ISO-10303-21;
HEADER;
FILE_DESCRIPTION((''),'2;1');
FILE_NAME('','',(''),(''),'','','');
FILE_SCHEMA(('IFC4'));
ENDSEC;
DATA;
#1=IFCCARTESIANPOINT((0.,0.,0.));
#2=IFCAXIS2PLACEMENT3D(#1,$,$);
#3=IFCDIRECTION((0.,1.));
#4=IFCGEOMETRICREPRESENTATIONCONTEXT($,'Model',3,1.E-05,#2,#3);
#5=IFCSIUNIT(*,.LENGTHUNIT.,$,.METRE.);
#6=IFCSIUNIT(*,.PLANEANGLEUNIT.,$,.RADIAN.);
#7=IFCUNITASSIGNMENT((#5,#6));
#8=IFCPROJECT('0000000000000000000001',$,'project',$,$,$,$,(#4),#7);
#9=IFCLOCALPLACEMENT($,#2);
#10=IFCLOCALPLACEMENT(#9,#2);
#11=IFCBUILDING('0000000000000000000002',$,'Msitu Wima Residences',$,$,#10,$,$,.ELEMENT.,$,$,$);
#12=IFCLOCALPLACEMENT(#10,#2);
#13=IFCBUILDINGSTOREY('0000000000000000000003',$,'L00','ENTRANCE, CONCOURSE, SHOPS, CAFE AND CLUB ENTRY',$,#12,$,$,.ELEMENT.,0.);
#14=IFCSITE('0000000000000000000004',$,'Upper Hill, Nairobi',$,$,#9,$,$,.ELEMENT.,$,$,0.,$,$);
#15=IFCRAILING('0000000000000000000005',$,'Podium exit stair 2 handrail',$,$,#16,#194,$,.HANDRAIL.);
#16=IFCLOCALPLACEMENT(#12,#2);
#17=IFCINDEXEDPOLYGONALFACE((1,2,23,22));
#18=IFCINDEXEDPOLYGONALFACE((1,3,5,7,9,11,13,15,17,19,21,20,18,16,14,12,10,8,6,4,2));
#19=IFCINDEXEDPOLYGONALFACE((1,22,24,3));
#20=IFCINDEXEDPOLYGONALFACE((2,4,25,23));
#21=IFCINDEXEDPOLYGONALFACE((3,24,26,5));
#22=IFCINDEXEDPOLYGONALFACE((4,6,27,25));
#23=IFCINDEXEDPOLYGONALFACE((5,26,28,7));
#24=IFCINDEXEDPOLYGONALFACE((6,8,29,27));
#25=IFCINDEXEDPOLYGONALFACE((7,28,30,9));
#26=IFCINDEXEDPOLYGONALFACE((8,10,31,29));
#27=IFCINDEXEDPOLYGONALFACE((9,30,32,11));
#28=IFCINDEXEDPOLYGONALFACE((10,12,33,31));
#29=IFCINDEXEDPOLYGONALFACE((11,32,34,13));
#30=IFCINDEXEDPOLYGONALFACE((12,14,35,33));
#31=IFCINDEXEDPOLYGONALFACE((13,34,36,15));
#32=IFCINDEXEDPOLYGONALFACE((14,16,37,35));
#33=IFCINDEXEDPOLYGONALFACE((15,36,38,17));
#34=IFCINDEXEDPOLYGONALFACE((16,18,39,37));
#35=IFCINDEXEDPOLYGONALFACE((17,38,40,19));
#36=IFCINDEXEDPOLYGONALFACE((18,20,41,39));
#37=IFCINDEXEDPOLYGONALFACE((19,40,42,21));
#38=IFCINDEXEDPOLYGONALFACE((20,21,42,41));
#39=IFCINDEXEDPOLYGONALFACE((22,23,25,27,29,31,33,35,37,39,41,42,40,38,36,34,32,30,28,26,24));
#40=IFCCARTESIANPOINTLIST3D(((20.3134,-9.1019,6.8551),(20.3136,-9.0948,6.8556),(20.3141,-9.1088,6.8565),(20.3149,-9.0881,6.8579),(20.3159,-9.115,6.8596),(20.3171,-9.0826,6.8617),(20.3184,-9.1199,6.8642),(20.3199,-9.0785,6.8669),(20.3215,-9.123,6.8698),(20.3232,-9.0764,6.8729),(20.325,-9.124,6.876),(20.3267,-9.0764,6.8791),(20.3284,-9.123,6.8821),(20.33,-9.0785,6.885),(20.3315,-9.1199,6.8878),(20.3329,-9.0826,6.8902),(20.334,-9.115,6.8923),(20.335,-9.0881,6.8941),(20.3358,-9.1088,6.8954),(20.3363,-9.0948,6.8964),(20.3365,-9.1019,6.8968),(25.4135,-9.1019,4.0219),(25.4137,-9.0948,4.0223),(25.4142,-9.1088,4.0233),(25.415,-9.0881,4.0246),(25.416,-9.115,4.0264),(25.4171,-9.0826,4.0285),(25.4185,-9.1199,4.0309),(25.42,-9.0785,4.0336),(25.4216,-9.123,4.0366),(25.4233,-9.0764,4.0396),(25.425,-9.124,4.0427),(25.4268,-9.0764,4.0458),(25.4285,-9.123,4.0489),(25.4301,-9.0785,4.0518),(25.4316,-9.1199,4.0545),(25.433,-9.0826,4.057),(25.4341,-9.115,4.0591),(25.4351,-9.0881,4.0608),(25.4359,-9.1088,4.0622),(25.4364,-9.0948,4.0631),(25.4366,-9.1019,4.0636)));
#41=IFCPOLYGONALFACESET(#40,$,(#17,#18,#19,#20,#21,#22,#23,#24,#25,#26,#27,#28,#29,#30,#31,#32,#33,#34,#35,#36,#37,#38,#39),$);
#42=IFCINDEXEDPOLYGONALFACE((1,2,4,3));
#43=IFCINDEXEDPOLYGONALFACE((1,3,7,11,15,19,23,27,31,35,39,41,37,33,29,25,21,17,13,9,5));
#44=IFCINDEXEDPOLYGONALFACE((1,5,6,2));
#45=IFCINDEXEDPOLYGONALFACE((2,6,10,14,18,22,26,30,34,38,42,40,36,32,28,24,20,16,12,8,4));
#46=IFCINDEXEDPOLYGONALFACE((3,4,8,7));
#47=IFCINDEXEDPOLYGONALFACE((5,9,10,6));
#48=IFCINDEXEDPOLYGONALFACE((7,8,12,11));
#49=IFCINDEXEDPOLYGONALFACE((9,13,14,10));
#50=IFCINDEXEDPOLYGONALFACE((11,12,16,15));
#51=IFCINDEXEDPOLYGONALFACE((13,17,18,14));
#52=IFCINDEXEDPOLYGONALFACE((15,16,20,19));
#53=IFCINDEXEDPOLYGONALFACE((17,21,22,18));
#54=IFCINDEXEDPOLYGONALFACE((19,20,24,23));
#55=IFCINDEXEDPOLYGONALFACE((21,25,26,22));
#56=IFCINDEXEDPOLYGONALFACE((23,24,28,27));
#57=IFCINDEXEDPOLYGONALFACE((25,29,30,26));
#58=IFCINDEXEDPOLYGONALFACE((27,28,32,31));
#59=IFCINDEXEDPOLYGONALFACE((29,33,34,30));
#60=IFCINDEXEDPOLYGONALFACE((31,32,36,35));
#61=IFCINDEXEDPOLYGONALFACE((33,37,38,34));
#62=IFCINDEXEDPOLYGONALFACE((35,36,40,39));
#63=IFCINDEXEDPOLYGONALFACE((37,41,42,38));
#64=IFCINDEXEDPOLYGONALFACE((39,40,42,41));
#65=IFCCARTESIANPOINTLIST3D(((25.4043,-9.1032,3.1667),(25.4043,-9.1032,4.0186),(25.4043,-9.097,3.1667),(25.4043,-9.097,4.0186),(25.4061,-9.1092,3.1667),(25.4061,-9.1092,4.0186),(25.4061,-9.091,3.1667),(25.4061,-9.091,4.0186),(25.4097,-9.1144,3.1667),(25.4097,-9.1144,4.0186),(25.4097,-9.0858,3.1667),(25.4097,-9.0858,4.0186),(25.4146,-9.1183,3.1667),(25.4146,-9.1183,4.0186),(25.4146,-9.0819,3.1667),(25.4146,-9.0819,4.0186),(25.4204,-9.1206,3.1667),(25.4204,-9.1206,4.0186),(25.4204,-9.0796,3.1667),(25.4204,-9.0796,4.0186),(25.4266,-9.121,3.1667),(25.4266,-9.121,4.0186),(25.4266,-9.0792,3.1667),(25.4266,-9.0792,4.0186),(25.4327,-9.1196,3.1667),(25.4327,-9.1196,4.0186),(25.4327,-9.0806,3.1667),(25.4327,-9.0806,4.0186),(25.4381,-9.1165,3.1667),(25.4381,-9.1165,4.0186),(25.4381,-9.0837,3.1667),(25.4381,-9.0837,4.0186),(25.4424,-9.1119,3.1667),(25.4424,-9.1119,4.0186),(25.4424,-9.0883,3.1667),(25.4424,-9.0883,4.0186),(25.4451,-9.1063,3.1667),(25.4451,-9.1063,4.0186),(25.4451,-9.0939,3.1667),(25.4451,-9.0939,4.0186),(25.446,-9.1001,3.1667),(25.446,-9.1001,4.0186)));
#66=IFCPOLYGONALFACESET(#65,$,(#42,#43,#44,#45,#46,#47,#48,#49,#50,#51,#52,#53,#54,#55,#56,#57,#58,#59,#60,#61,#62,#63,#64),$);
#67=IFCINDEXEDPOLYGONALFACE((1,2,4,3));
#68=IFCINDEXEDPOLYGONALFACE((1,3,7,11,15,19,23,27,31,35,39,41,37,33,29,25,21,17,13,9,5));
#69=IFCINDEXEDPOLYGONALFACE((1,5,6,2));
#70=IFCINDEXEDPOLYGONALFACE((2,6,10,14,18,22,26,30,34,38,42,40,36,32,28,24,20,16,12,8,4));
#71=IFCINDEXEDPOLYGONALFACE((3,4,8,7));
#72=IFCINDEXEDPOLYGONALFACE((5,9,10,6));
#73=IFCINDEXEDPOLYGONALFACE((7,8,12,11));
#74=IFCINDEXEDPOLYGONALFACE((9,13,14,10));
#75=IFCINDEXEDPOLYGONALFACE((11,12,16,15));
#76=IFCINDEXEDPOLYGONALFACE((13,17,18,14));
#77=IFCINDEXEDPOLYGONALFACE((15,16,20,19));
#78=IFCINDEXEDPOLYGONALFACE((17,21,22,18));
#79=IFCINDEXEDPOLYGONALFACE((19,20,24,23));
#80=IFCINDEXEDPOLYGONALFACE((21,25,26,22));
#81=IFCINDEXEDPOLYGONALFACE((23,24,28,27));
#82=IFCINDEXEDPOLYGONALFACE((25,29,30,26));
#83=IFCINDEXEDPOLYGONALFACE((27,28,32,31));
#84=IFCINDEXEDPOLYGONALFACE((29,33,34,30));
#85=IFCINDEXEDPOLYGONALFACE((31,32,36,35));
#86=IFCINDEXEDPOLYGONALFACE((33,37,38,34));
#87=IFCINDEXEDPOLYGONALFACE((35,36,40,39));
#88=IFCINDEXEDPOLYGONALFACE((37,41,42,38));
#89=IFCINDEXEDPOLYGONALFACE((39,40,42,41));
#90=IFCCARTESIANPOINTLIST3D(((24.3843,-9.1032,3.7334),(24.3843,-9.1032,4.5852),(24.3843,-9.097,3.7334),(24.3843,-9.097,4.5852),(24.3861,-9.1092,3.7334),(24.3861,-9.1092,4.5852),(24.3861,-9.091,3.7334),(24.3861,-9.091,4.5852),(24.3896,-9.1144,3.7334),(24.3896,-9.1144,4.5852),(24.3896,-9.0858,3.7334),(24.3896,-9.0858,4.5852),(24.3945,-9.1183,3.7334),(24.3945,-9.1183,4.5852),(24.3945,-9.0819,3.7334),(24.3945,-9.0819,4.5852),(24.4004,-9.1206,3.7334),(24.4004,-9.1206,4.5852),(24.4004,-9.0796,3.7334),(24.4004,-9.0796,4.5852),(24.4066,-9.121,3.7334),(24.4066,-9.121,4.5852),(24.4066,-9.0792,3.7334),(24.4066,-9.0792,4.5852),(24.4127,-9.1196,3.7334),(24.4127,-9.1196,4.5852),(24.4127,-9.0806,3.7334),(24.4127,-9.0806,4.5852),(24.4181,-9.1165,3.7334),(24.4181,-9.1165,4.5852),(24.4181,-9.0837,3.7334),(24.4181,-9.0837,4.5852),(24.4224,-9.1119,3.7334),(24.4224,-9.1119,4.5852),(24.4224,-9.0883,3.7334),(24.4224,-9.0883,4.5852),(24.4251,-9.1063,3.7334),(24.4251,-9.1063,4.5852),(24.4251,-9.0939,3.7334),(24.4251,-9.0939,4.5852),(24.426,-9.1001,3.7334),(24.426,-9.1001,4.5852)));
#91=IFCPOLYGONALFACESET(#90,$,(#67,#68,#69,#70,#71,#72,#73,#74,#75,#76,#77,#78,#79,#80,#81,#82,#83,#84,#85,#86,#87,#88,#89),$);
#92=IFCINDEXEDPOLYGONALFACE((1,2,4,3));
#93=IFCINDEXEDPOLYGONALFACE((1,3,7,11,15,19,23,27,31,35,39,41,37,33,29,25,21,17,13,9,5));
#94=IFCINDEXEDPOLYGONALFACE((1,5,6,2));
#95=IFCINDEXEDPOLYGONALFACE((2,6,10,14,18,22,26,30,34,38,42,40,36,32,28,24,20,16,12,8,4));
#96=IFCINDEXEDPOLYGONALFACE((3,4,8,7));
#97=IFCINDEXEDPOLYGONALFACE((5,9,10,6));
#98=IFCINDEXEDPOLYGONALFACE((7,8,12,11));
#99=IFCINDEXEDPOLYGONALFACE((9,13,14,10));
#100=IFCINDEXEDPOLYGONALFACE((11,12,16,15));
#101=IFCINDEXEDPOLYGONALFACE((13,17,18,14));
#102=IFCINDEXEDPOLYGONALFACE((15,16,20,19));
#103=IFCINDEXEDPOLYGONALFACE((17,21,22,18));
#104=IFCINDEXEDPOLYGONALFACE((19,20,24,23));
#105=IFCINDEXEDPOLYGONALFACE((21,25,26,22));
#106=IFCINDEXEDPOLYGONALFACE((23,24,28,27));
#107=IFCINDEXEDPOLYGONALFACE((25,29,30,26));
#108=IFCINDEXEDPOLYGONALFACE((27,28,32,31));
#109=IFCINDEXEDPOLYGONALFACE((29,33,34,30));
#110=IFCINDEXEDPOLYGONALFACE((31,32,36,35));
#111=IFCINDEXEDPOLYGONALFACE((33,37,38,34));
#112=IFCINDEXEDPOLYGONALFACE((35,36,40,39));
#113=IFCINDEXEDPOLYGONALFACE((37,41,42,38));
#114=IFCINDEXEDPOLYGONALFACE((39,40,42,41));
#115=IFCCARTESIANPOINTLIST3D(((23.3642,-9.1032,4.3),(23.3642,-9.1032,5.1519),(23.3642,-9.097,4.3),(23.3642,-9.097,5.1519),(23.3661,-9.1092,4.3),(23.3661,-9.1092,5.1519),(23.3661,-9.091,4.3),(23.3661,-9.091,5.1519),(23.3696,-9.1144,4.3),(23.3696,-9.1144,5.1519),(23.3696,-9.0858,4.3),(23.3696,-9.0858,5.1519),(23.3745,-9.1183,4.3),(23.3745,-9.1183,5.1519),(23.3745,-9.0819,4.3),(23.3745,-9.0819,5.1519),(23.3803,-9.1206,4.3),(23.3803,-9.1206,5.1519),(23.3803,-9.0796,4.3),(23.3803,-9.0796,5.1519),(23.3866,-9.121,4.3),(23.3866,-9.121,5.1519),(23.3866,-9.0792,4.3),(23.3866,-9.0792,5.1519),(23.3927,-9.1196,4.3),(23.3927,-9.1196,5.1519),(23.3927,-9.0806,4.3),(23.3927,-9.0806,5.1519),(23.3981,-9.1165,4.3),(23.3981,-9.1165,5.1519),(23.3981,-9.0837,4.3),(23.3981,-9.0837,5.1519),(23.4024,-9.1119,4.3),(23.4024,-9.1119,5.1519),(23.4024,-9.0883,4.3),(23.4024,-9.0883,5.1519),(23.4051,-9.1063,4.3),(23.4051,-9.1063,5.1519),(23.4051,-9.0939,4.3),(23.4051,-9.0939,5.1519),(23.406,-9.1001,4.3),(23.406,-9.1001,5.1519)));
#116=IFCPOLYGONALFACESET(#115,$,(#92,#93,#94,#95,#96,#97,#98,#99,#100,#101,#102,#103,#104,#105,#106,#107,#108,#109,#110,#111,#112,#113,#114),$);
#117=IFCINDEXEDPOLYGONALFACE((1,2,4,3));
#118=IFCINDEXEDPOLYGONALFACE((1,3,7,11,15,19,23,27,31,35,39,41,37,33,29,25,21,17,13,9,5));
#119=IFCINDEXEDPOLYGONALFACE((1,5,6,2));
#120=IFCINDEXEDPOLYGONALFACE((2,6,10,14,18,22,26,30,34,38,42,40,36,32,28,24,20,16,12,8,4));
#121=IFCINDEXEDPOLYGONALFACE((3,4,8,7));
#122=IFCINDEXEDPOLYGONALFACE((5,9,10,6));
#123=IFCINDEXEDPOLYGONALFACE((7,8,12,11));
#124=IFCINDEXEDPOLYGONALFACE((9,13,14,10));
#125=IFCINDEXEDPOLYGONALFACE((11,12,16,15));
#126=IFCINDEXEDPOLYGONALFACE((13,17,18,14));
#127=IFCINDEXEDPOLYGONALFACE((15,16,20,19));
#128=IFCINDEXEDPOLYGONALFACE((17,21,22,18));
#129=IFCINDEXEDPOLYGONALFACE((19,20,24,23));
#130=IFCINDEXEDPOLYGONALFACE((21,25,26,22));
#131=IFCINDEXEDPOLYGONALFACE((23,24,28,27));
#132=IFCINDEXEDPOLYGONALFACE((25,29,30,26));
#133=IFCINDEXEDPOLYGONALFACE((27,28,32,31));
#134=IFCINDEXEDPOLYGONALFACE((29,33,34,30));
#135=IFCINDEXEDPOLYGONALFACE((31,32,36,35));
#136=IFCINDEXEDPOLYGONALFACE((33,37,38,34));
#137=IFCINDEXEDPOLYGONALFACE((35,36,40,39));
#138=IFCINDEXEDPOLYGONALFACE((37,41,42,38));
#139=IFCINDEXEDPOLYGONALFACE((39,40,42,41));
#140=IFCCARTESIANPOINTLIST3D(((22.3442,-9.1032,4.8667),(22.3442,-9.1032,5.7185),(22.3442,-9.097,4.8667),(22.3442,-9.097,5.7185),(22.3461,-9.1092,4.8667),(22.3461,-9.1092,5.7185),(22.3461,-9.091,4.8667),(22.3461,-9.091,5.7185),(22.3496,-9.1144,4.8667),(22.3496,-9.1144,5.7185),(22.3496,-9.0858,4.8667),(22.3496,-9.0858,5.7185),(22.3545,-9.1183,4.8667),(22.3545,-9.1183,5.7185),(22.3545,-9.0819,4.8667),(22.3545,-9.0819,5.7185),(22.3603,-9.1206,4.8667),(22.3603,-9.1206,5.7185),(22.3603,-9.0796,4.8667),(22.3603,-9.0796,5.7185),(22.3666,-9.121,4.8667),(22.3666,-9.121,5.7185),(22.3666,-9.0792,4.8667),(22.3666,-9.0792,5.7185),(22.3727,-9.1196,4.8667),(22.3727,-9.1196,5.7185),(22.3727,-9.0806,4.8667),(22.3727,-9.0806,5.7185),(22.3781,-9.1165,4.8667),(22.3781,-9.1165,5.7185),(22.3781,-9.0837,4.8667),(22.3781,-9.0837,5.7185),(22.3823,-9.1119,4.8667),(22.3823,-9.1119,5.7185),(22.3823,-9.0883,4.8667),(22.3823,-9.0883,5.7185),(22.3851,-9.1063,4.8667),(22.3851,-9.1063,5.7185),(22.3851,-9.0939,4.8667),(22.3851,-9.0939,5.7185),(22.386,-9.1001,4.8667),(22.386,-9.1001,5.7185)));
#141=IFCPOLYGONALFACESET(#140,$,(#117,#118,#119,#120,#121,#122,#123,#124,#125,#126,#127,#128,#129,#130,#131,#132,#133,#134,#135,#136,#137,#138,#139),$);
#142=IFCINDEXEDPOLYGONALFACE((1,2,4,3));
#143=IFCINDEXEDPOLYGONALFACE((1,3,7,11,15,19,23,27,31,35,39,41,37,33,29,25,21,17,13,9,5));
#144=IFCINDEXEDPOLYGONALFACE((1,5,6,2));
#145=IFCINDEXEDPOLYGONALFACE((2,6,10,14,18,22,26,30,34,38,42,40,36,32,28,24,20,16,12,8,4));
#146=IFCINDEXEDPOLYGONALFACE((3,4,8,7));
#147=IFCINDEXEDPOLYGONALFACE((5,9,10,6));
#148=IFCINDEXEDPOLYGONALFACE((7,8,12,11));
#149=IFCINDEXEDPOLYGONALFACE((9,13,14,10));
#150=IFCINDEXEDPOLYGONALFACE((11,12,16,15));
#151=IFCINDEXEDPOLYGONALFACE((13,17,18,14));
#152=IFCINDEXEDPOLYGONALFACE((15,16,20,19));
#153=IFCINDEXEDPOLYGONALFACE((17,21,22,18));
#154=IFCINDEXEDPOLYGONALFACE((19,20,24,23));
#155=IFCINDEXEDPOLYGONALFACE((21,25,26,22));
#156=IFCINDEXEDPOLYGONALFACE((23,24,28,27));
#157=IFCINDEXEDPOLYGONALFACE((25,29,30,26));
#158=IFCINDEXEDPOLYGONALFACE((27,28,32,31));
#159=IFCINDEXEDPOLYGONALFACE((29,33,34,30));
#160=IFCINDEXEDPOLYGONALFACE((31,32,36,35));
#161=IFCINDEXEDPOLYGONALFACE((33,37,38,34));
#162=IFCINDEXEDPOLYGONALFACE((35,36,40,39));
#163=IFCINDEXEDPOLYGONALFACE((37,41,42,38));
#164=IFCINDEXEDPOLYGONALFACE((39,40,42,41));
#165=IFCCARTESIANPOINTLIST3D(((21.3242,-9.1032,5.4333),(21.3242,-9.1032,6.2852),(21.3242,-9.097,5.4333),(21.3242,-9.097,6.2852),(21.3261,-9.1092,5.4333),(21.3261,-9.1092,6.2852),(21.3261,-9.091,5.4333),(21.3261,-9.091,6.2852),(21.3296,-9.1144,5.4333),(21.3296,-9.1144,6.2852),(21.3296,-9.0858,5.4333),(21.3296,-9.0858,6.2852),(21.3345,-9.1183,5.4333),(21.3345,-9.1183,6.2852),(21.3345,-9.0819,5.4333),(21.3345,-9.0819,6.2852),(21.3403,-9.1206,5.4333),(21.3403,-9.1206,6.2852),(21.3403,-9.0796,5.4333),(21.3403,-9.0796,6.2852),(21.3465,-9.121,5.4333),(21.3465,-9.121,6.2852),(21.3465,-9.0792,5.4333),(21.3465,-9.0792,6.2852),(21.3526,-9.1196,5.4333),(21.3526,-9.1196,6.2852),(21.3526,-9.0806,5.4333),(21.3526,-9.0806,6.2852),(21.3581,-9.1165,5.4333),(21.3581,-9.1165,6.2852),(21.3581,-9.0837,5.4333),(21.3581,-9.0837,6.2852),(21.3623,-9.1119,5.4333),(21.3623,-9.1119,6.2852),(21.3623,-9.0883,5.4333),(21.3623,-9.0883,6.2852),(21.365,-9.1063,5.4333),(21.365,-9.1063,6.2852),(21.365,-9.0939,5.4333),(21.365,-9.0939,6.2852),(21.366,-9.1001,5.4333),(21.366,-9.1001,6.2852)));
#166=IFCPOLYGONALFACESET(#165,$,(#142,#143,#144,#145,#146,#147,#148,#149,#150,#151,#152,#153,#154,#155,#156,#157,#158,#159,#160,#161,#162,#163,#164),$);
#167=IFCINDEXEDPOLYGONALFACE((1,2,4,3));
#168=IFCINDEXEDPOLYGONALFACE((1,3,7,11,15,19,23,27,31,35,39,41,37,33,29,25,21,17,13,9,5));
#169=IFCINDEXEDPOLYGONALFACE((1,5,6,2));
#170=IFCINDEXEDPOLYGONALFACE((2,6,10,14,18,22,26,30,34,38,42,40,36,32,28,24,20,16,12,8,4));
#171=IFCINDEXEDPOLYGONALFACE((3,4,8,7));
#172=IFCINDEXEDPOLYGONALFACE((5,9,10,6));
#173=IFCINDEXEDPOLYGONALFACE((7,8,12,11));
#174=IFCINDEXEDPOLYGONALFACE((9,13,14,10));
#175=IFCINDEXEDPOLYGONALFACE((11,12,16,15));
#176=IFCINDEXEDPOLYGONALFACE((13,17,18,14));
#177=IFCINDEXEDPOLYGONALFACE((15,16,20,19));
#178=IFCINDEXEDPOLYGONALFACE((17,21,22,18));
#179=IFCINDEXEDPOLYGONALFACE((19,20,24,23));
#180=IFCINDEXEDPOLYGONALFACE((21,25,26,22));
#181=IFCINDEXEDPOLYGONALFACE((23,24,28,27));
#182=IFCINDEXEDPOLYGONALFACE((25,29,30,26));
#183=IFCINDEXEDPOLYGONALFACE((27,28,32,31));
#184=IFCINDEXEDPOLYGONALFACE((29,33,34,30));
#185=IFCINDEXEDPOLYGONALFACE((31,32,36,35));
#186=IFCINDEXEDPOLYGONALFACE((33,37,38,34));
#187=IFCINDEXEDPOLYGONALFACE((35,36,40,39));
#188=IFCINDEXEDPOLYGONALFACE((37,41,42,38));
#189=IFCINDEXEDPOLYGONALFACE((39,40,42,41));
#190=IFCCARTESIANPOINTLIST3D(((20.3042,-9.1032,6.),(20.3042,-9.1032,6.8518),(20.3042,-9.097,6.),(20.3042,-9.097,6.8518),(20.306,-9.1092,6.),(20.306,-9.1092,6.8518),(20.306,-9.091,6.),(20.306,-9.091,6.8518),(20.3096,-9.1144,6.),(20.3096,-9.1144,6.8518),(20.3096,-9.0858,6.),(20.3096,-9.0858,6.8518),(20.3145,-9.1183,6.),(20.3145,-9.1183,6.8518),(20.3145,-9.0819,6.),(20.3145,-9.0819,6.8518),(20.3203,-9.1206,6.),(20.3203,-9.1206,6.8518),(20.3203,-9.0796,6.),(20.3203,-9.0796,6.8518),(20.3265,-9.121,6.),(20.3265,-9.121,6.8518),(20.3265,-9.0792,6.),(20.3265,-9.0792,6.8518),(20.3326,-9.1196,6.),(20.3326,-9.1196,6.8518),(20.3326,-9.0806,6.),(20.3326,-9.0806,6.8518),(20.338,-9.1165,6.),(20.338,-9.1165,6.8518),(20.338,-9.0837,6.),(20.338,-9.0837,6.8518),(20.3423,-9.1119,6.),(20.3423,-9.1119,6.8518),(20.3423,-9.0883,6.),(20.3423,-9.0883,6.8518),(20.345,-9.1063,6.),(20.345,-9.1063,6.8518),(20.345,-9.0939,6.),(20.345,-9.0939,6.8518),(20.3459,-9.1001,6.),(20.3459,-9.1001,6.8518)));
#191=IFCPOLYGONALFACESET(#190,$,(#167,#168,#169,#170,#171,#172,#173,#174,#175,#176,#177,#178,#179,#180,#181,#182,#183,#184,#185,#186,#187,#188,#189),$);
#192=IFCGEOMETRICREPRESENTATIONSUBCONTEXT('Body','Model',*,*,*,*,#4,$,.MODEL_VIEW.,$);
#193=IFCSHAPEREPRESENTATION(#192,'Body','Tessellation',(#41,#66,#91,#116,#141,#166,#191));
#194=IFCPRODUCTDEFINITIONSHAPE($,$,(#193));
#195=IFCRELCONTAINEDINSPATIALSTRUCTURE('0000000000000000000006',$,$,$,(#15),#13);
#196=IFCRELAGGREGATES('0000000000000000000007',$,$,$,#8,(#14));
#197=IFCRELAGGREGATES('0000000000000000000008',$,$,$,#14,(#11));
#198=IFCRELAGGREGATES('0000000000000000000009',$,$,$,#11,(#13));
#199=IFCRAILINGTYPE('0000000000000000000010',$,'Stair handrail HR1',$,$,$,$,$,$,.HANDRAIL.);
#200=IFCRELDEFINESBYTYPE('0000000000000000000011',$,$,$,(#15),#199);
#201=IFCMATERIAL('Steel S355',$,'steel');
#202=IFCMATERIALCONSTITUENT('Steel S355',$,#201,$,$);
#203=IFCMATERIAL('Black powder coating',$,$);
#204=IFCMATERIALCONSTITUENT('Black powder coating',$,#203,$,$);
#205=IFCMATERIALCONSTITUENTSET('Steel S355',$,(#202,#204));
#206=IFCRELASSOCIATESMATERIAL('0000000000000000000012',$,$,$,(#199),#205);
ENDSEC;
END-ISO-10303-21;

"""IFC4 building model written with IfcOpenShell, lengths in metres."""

from ifc_helpers import new_model, si_unit, direction, frame, origin, origin_2d, place, context, subcontext, project, spatial, circle, extrude, material, constituent, constituent_set, type_object, element, save


model = new_model("IFC4")

# Units and contexts
model_context = context("Model", 3, precision=1e-05, world=origin(), true_north=direction((0.0, 1.0)))
body_context = subcontext(model_context, "Body", "Model", "MODEL_VIEW")
ifc_project = project(units=[si_unit("LENGTHUNIT", "METRE"), si_unit("PLANEANGLEUNIT", "RADIAN")], contexts=[model_context])

# Site, building, storey
site_placement = place(None, origin())
site = spatial("IfcSite", under=ifc_project, at=site_placement, Name="Upper Hill, Nairobi", CompositionType="ELEMENT", RefElevation=0.0)
building_placement = place(site_placement, origin())
building = spatial("IfcBuilding", under=site, at=building_placement, Name="Msitu Wima Residences", CompositionType="ELEMENT")
storey_placement = place(building_placement, origin())
storey = spatial("IfcBuildingStorey", under=building, at=storey_placement, Name="L00", Description="ENTRANCE, CONCOURSE, SHOPS, CAFE AND CLUB ENTRY", CompositionType="ELEMENT", Elevation=0.0)

# Railing
ifc_material_1 = material(Name="Steel S355", Category="steel")
ifc_constituent_1 = constituent(ifc_material_1, Name="Steel S355")
ifc_material_2 = material(Name="Black powder coating")
ifc_constituent_2 = constituent(ifc_material_2, Name="Black powder coating")
ifc_constituent_set = constituent_set(constituents=[ifc_constituent_1, ifc_constituent_2], Name="Steel S355")
railing_type = type_object("IfcRailingType", Name="Stair handrail HR1", PredefinedType="HANDRAIL", material=ifc_constituent_set)
for number, where, name in (
    (1, (25.425, -9.1001, 3.1667), "Podium exit stair 2 handrail"),
):
    element("IfcRailing", number, at=place(storey_placement, frame(where)), inside=storey, type_object=railing_type, Name=name, PredefinedType="HANDRAIL", context=body_context, shape_type="SweptSolid", body=[
        extrude(circle(Radius=0.0239, at=origin_2d()), frame((0.0, 0.0, 0.876), z_axis=(-0.874167, 0.0, 0.485625), x_axis=(0.0, -1.0, 0.0)), (0.0, 0.0, 1.0), 5.8342),
        extrude(circle(Radius=0.021, at=origin_2d()), origin(), (0.0, 0.0, 1.0), 0.8518),
        extrude(circle(Radius=0.021, at=origin_2d()), frame((-1.02, 0.0, 0.5667)), (0.0, 0.0, 1.0), 0.8518),
        extrude(circle(Radius=0.021, at=origin_2d()), frame((-2.04, 0.0, 1.1333)), (0.0, 0.0, 1.0), 0.8518),
        extrude(circle(Radius=0.021, at=origin_2d()), frame((-3.0601, 0.0, 1.7)), (0.0, 0.0, 1.0), 0.8518),
        extrude(circle(Radius=0.021, at=origin_2d()), frame((-4.0801, 0.0, 2.2666)), (0.0, 0.0, 1.0), 0.8518),
        extrude(circle(Radius=0.021, at=origin_2d()), frame((-5.1001, 0.0, 2.8333)), (0.0, 0.0, 1.0), 0.8518),
    ])

save(model, "model.ifc")
